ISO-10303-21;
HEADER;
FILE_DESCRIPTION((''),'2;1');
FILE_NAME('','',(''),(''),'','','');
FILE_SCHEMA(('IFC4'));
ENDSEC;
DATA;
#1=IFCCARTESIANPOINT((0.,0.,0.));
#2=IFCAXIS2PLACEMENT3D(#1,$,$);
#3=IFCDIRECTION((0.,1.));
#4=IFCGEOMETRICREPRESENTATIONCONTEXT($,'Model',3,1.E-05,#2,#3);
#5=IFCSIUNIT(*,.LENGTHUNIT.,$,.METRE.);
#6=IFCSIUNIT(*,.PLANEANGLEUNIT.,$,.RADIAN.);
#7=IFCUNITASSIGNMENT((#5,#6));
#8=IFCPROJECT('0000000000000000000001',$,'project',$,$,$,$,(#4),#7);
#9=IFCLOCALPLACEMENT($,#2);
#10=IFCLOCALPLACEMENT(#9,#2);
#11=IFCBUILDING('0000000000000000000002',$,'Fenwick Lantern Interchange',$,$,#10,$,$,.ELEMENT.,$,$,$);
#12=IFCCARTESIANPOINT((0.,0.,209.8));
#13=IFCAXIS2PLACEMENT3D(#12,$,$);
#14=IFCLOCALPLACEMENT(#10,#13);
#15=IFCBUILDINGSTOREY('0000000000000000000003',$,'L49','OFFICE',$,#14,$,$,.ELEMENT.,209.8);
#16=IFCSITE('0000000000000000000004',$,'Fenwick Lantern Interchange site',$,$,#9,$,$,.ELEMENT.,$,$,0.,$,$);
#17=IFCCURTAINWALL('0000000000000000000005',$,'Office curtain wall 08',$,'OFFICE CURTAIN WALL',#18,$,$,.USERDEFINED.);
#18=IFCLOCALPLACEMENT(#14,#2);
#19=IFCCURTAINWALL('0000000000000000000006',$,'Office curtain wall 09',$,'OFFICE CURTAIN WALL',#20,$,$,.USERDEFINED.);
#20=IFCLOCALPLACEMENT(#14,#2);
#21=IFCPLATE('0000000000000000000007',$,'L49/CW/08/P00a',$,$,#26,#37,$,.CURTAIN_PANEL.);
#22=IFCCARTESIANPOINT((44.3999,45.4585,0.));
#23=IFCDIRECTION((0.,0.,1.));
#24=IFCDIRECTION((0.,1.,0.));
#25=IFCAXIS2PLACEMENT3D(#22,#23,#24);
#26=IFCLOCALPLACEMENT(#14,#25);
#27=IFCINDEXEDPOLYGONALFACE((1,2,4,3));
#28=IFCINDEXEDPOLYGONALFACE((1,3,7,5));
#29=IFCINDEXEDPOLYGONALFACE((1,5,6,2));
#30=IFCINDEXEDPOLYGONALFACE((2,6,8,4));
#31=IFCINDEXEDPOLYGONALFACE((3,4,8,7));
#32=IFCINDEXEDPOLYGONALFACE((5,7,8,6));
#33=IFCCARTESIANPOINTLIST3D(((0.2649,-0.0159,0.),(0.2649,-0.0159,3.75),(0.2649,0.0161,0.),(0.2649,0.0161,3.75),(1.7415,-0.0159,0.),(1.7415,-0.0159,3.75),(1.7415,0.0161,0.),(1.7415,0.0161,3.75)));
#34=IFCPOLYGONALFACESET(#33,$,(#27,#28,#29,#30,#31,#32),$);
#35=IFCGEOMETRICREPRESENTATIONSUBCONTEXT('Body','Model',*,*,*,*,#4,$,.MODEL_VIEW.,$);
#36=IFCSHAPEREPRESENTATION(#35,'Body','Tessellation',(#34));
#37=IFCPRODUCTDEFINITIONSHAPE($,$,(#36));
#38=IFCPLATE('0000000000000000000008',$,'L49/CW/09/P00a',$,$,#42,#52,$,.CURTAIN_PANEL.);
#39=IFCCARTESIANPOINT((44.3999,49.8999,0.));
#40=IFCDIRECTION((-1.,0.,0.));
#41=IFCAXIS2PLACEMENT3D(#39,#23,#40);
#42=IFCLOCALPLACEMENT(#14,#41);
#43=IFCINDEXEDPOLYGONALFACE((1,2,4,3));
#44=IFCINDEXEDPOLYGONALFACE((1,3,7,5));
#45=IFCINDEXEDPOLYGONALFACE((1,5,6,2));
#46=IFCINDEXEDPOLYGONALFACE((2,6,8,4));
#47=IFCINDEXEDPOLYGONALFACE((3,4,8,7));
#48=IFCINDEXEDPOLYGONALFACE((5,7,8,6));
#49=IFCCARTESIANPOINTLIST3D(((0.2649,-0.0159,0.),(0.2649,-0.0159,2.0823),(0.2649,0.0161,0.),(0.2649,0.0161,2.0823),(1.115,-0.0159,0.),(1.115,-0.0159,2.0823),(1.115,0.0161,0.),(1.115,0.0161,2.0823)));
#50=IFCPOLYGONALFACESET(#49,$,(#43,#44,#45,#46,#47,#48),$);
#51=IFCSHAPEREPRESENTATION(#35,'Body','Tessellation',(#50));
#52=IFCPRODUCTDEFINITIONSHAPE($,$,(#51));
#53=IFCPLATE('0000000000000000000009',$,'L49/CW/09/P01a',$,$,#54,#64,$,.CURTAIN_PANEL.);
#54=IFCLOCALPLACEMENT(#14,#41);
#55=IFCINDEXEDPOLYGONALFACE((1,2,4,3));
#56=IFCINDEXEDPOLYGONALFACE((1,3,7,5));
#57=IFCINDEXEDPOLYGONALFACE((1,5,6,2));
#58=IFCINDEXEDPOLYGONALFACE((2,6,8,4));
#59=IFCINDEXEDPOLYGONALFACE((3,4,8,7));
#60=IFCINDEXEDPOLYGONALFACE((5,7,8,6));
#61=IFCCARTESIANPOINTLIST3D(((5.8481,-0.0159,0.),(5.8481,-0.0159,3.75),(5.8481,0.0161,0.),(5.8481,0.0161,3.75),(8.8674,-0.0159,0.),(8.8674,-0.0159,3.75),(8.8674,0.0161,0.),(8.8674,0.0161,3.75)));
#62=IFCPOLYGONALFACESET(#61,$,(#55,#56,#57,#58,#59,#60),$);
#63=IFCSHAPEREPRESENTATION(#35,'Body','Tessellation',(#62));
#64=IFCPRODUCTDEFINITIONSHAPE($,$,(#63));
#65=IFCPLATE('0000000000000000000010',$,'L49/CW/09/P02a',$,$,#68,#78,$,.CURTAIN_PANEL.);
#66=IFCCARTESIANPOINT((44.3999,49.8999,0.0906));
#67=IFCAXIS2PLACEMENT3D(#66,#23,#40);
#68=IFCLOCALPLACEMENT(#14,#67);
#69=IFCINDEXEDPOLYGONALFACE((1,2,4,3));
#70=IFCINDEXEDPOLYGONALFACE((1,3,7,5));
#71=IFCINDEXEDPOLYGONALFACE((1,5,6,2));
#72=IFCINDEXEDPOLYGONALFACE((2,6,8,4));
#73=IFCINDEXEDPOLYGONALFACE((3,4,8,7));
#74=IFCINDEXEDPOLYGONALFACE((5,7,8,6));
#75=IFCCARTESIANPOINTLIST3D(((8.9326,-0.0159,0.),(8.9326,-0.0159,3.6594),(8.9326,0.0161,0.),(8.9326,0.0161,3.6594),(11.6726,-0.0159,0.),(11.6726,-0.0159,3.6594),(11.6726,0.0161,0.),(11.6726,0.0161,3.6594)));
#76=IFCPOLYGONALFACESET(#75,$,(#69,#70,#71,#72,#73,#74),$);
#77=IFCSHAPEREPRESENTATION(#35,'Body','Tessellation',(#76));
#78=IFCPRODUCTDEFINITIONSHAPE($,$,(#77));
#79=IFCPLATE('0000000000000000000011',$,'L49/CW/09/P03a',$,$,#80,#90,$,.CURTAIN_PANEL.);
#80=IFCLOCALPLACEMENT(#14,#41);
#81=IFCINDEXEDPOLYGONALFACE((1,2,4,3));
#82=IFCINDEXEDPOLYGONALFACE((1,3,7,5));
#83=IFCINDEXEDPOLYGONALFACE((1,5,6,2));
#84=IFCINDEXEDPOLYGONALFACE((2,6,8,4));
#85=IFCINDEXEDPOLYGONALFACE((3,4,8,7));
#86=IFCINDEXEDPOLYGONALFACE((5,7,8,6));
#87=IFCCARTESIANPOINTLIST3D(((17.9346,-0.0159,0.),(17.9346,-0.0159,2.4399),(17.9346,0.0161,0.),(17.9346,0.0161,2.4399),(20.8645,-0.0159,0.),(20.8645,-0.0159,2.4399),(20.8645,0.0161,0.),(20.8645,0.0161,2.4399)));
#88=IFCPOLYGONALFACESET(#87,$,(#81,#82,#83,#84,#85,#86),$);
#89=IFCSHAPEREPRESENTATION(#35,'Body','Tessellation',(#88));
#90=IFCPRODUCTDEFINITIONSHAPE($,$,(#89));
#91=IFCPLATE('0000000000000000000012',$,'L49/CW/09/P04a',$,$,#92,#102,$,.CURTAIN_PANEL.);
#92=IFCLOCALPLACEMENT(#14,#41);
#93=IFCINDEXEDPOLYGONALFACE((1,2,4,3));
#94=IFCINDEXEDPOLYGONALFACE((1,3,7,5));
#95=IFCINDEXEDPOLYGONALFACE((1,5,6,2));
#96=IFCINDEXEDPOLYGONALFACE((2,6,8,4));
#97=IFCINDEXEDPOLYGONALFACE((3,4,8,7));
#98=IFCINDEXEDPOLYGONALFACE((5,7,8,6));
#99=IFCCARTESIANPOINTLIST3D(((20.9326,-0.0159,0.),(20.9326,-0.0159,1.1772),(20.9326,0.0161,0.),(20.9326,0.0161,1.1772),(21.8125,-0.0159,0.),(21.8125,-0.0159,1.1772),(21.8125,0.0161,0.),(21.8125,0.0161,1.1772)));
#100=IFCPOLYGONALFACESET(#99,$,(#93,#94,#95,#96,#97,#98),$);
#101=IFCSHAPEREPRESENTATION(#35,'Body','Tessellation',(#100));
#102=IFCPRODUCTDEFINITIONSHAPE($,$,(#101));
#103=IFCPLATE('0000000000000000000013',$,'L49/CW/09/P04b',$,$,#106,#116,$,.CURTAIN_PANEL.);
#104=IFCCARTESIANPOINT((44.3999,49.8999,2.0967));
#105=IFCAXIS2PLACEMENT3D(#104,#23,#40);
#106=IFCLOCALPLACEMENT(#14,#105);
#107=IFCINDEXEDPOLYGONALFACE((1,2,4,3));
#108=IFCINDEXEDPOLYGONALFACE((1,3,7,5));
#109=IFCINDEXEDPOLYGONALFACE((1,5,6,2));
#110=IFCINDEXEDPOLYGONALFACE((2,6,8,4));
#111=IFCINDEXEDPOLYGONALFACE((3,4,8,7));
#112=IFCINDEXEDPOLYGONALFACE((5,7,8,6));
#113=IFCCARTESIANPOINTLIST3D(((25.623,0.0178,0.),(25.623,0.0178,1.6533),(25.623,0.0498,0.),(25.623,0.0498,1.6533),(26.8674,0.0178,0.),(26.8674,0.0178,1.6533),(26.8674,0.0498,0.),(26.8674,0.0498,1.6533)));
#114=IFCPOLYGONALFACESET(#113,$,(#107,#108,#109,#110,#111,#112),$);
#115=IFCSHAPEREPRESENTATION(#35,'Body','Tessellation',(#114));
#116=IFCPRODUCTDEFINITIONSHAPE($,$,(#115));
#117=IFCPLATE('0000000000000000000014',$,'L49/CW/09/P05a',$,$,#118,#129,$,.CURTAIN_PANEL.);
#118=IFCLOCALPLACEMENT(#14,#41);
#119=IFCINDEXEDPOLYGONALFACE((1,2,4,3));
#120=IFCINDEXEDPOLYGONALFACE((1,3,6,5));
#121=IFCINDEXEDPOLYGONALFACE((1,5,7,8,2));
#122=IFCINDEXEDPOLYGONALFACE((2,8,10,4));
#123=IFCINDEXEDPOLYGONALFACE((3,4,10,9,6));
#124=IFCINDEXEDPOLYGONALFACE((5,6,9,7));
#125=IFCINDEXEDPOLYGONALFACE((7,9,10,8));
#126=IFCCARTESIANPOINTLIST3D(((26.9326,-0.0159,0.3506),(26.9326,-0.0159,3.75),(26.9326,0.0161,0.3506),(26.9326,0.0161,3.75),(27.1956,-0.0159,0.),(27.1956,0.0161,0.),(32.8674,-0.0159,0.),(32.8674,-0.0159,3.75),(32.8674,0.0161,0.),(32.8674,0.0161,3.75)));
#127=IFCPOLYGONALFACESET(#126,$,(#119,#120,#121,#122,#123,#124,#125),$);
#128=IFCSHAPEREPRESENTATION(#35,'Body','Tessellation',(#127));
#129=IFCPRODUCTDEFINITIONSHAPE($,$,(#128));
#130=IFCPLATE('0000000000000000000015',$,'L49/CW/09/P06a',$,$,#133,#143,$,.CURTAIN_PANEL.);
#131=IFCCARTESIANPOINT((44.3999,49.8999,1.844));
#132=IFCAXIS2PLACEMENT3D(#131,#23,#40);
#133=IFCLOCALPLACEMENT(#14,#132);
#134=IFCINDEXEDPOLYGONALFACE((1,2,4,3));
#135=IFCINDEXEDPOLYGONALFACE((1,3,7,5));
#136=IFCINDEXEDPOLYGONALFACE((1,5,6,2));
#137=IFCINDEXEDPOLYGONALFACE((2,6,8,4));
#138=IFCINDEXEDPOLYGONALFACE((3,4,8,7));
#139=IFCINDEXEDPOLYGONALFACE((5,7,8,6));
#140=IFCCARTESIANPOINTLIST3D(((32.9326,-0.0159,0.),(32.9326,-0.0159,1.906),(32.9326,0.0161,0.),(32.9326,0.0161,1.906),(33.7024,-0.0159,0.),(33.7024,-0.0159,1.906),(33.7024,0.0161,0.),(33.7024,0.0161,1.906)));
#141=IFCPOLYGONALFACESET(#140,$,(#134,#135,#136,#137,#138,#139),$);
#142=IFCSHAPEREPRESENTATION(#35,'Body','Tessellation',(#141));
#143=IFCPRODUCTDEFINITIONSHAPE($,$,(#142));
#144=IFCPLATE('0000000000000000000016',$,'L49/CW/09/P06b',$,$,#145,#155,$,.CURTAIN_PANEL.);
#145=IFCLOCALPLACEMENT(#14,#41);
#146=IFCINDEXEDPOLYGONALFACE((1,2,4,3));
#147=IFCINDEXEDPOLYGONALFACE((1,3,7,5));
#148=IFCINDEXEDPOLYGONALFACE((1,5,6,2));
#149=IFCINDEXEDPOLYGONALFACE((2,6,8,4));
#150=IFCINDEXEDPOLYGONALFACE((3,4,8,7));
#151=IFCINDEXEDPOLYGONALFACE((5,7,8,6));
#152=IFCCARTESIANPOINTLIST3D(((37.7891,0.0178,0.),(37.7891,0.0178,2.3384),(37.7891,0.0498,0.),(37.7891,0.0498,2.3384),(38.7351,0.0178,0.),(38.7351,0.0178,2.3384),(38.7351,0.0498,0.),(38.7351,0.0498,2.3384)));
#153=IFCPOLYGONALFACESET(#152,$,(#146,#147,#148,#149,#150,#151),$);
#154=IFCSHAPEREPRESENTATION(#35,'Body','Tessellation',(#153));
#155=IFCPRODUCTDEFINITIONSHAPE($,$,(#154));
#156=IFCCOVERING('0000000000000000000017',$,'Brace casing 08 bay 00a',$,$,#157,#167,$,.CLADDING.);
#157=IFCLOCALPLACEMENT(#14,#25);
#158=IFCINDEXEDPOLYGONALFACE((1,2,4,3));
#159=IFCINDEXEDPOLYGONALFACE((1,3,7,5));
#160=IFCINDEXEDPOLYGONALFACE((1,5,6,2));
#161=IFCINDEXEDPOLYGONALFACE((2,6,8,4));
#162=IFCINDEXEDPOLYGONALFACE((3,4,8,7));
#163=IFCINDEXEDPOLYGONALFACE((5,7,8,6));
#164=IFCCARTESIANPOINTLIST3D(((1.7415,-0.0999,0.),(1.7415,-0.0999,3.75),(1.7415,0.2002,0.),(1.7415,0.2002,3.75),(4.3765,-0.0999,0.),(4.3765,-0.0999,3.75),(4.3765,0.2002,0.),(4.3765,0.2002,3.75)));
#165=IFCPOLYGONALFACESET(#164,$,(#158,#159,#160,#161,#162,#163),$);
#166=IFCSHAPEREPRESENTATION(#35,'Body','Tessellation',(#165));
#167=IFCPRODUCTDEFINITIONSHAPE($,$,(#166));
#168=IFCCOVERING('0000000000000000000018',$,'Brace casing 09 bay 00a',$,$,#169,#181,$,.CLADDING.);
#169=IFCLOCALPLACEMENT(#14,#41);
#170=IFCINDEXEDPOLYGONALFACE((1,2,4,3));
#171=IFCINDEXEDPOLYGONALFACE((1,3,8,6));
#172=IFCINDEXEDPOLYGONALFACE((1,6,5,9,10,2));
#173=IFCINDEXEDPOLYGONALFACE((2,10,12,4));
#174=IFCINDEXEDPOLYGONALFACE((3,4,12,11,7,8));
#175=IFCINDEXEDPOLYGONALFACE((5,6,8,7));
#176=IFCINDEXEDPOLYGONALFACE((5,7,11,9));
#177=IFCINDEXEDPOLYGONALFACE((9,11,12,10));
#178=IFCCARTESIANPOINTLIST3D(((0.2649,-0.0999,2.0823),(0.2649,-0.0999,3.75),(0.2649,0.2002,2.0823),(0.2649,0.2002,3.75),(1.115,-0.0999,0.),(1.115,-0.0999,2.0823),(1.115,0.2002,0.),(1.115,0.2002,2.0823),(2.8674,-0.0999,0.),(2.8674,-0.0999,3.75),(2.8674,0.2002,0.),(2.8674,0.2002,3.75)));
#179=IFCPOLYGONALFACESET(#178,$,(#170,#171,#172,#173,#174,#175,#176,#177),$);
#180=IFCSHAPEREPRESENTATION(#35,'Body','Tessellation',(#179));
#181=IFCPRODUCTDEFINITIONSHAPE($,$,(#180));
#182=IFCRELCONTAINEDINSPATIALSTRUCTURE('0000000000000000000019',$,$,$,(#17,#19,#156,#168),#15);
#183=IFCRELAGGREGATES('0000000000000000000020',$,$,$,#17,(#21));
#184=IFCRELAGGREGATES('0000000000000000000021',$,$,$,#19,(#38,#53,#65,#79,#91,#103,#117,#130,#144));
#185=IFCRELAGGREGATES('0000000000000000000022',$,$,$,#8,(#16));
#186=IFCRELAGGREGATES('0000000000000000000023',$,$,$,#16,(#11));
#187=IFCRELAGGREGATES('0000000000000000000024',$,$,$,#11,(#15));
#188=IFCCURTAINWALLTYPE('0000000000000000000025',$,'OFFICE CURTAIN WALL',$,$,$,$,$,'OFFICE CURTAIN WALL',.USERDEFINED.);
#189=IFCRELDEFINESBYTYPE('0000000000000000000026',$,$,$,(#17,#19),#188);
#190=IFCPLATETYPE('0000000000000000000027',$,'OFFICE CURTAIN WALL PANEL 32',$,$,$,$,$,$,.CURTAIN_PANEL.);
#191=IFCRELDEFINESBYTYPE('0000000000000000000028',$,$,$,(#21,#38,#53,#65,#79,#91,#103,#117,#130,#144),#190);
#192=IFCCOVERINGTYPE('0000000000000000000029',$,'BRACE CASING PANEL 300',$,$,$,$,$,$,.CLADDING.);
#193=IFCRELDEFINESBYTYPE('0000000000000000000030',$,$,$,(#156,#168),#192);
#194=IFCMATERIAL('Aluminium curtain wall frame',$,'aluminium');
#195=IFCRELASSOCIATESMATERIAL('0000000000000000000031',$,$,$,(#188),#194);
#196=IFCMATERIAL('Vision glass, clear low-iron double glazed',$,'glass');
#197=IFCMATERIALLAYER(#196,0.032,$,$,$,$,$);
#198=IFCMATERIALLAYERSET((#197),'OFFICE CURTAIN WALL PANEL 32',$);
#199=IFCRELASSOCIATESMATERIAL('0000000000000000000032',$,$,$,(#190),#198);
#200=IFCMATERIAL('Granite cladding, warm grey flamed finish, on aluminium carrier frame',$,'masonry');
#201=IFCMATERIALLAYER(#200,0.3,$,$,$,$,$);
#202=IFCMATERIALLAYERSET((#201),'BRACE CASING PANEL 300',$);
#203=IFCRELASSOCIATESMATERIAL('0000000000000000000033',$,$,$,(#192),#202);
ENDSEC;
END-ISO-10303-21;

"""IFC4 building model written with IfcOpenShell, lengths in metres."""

from ifc_helpers import new_model, si_unit, direction, frame, origin, place, context, subcontext, project, spatial, polyline, outline, extrude, material, layer, layer_set, type_object, element, aggregate, save


model = new_model("IFC4")

# Units and contexts
model_context = context("Model", 3, precision=1e-05, world=origin(), true_north=direction((0.0, 1.0)))
body_context = subcontext(model_context, "Body", "Model", "MODEL_VIEW")
ifc_project = project(units=[si_unit("LENGTHUNIT", "METRE"), si_unit("PLANEANGLEUNIT", "RADIAN")], contexts=[model_context])

# Site, building, storey
site_placement = place(None, origin())
site = spatial("IfcSite", under=ifc_project, at=site_placement, Name="Fenwick Lantern Interchange site", CompositionType="ELEMENT", RefElevation=0.0)
building_placement = place(site_placement, origin())
building = spatial("IfcBuilding", under=site, at=building_placement, Name="Fenwick Lantern Interchange", CompositionType="ELEMENT")
storey_placement = place(building_placement, frame((0.0, 0.0, 209.8)))
storey = spatial("IfcBuildingStorey", under=building, at=storey_placement, Name="L49", Description="OFFICE", CompositionType="ELEMENT", Elevation=209.8)

# Curtain wall
ifc_material_1 = material(Name="Aluminium curtain wall frame", Category="aluminium")
curtain_wall_type = type_object("IfcCurtainWallType", Name="OFFICE CURTAIN WALL", ElementType="OFFICE CURTAIN WALL", PredefinedType="USERDEFINED", material=ifc_material_1)
curtain_wall_1_placement = place(storey_placement, origin())
curtain_wall_1 = element("IfcCurtainWall", 1, at=curtain_wall_1_placement, inside=storey, type_object=curtain_wall_type, Name="Office curtain wall 08", ObjectType="OFFICE CURTAIN WALL", PredefinedType="USERDEFINED")

# Curtain wall
curtain_wall_2_placement = place(storey_placement, origin())
curtain_wall_2 = element("IfcCurtainWall", 2, at=curtain_wall_2_placement, inside=storey, type_object=curtain_wall_type, Name="Office curtain wall 09", ObjectType="OFFICE CURTAIN WALL", PredefinedType="USERDEFINED")

# Plates
ifc_material_2 = material(Name="Vision glass, clear low-iron double glazed", Category="glass")
ifc_layer_1 = layer(ifc_material_2, 0.032)
ifc_layer_set_1 = layer_set([ifc_layer_1], Name="OFFICE CURTAIN WALL PANEL 32")
plate_type = type_object("IfcPlateType", Name="OFFICE CURTAIN WALL PANEL 32", PredefinedType="CURTAIN_PANEL", material=ifc_layer_set_1)
plate_1_placement = place(storey_placement, frame((44.3999, 45.4585, 0.0), z_axis=(0.0, 0.0, 1.0), x_axis=(0.0, 1.0, 0.0)))
plate_1 = element("IfcPlate", 3, at=plate_1_placement, type_object=plate_type, Name="L49/CW/08/P00a", PredefinedType="CURTAIN_PANEL", context=body_context, shape_type="SweptSolid", body=[
    extrude(outline(polyline([(0.2649, 0.0), (1.7415, 0.0), (1.7415, 3.75), (0.2649, 3.75), (0.2649, 0.0)])), frame((0.0, 0.0161, 0.0), z_axis=(0.0, -1.0, 0.0), x_axis=(1.0, 0.0, 0.0)), (0.0, 0.0, 1.0), 0.032),
])
aggregate(curtain_wall_1, [plate_1])
plate_2_placement = place(storey_placement, frame((44.3999, 49.8999, 0.0), z_axis=(0.0, 0.0, 1.0), x_axis=(-1.0, 0.0, 0.0)))
plate_2 = element("IfcPlate", 4, at=plate_2_placement, type_object=plate_type, Name="L49/CW/09/P00a", PredefinedType="CURTAIN_PANEL", context=body_context, shape_type="SweptSolid", body=[
    extrude(outline(polyline([(0.2649, 0.0), (1.115, 0.0), (1.115, 2.0823), (0.2649, 2.0823), (0.2649, 0.0)])), frame((0.0, 0.0161, 0.0), z_axis=(0.0, -1.0, 0.0), x_axis=(1.0, 0.0, 0.0)), (0.0, 0.0, 1.0), 0.032),
])
plate_3_placement = place(storey_placement, frame((44.3999, 49.8999, 0.0), z_axis=(0.0, 0.0, 1.0), x_axis=(-1.0, 0.0, 0.0)))
plate_3 = element("IfcPlate", 5, at=plate_3_placement, type_object=plate_type, Name="L49/CW/09/P01a", PredefinedType="CURTAIN_PANEL", context=body_context, shape_type="SweptSolid", body=[
    extrude(outline(polyline([(5.8481, 0.0), (8.8674, 0.0), (8.8674, 3.75), (5.8481, 3.75), (5.8481, 0.0)])), frame((0.0, 0.0161, 0.0), z_axis=(0.0, -1.0, 0.0), x_axis=(1.0, 0.0, 0.0)), (0.0, 0.0, 1.0), 0.032),
])
plate_4_placement = place(storey_placement, frame((44.3999, 49.8999, 0.0906), z_axis=(0.0, 0.0, 1.0), x_axis=(-1.0, 0.0, 0.0)))
plate_4 = element("IfcPlate", 6, at=plate_4_placement, type_object=plate_type, Name="L49/CW/09/P02a", PredefinedType="CURTAIN_PANEL", context=body_context, shape_type="SweptSolid", body=[
    extrude(outline(polyline([(8.9326, 0.0), (11.6726, 0.0), (11.6726, 3.6594), (8.9326, 3.6594), (8.9326, 0.0)])), frame((0.0, 0.0161, 0.0), z_axis=(0.0, -1.0, 0.0), x_axis=(1.0, 0.0, 0.0)), (0.0, 0.0, 1.0), 0.032),
])
plate_5_placement = place(storey_placement, frame((44.3999, 49.8999, 0.0), z_axis=(0.0, 0.0, 1.0), x_axis=(-1.0, 0.0, 0.0)))
plate_5 = element("IfcPlate", 7, at=plate_5_placement, type_object=plate_type, Name="L49/CW/09/P03a", PredefinedType="CURTAIN_PANEL", context=body_context, shape_type="SweptSolid", body=[
    extrude(outline(polyline([(17.9346, 0.0), (20.8645, 0.0), (20.8645, 2.4399), (17.9346, 2.4399), (17.9346, 0.0)])), frame((0.0, 0.0161, 0.0), z_axis=(0.0, -1.0, 0.0), x_axis=(1.0, 0.0, 0.0)), (0.0, 0.0, 1.0), 0.032),
])
plate_6_placement = place(storey_placement, frame((44.3999, 49.8999, 0.0), z_axis=(0.0, 0.0, 1.0), x_axis=(-1.0, 0.0, 0.0)))
plate_6 = element("IfcPlate", 8, at=plate_6_placement, type_object=plate_type, Name="L49/CW/09/P04a", PredefinedType="CURTAIN_PANEL", context=body_context, shape_type="SweptSolid", body=[
    extrude(outline(polyline([(20.9326, 0.0), (21.8125, 0.0), (21.8125, 1.1772), (20.9326, 1.1772), (20.9326, 0.0)])), frame((0.0, 0.0161, 0.0), z_axis=(0.0, -1.0, 0.0), x_axis=(1.0, 0.0, 0.0)), (0.0, 0.0, 1.0), 0.032),
])
plate_7_placement = place(storey_placement, frame((44.3999, 49.8999, 2.0967), z_axis=(0.0, 0.0, 1.0), x_axis=(-1.0, 0.0, 0.0)))
plate_7 = element("IfcPlate", 9, at=plate_7_placement, type_object=plate_type, Name="L49/CW/09/P04b", PredefinedType="CURTAIN_PANEL", context=body_context, shape_type="SweptSolid", body=[
    extrude(outline(polyline([(25.623, 0.0), (26.8674, 0.0), (26.8674, 1.6533), (25.623, 1.6533), (25.623, 0.0)])), frame((0.0, 0.0498, 0.0), z_axis=(0.0, -1.0, 0.0), x_axis=(1.0, 0.0, 0.0)), (0.0, 0.0, 1.0), 0.032),
])
plate_8_placement = place(storey_placement, frame((44.3999, 49.8999, 0.0), z_axis=(0.0, 0.0, 1.0), x_axis=(-1.0, 0.0, 0.0)))
plate_8 = element("IfcPlate", 10, at=plate_8_placement, type_object=plate_type, Name="L49/CW/09/P05a", PredefinedType="CURTAIN_PANEL", context=body_context, shape_type="SweptSolid", body=[
    extrude(outline(polyline([(27.1956, 0.0), (32.8674, 0.0), (32.8674, 3.75), (26.9326, 3.75), (26.9326, 0.3506), (27.1956, 0.0)])), frame((0.0, 0.0161, 0.0), z_axis=(0.0, -1.0, 0.0), x_axis=(1.0, 0.0, 0.0)), (0.0, 0.0, 1.0), 0.032),
])
plate_9_placement = place(storey_placement, frame((44.3999, 49.8999, 1.844), z_axis=(0.0, 0.0, 1.0), x_axis=(-1.0, 0.0, 0.0)))
plate_9 = element("IfcPlate", 11, at=plate_9_placement, type_object=plate_type, Name="L49/CW/09/P06a", PredefinedType="CURTAIN_PANEL", context=body_context, shape_type="SweptSolid", body=[
    extrude(outline(polyline([(32.9326, 0.0), (33.7024, 0.0), (33.7024, 1.906), (32.9326, 1.906), (32.9326, 0.0)])), frame((0.0, 0.0161, 0.0), z_axis=(0.0, -1.0, 0.0), x_axis=(1.0, 0.0, 0.0)), (0.0, 0.0, 1.0), 0.032),
])
plate_10_placement = place(storey_placement, frame((44.3999, 49.8999, 0.0), z_axis=(0.0, 0.0, 1.0), x_axis=(-1.0, 0.0, 0.0)))
plate_10 = element("IfcPlate", 12, at=plate_10_placement, type_object=plate_type, Name="L49/CW/09/P06b", PredefinedType="CURTAIN_PANEL", context=body_context, shape_type="SweptSolid", body=[
    extrude(outline(polyline([(37.7891, 0.0), (38.7351, 0.0), (38.7351, 2.3384), (37.7891, 2.3384), (37.7891, 0.0)])), frame((0.0, 0.0498, 0.0), z_axis=(0.0, -1.0, 0.0), x_axis=(1.0, 0.0, 0.0)), (0.0, 0.0, 1.0), 0.032),
])
aggregate(curtain_wall_2, [plate_2, plate_3, plate_4, plate_5, plate_6, plate_7, plate_8, plate_9, plate_10])

# Coverings
ifc_material_3 = material(Name="Granite cladding, warm grey flamed finish, on aluminium carrier frame", Category="masonry")
ifc_layer_2 = layer(ifc_material_3, 0.3)
ifc_layer_set_2 = layer_set([ifc_layer_2], Name="BRACE CASING PANEL 300")
covering_type = type_object("IfcCoveringType", Name="BRACE CASING PANEL 300", PredefinedType="CLADDING", material=ifc_layer_set_2)
covering_1_placement = place(storey_placement, frame((44.3999, 45.4585, 0.0), z_axis=(0.0, 0.0, 1.0), x_axis=(0.0, 1.0, 0.0)))
element("IfcCovering", 13, at=covering_1_placement, inside=storey, type_object=covering_type, Name="Brace casing 08 bay 00a", PredefinedType="CLADDING", context=body_context, shape_type="SweptSolid", body=[
    extrude(outline(polyline([(1.7415, 0.0), (4.3765, 0.0), (4.3765, 3.75), (1.7415, 3.75), (1.7415, 0.0)])), frame((0.0, 0.2002, 0.0), z_axis=(0.0, -1.0, 0.0), x_axis=(1.0, 0.0, 0.0)), (0.0, 0.0, 1.0), 0.3),
])
covering_2_placement = place(storey_placement, frame((44.3999, 49.8999, 0.0), z_axis=(0.0, 0.0, 1.0), x_axis=(-1.0, 0.0, 0.0)))
element("IfcCovering", 14, at=covering_2_placement, inside=storey, type_object=covering_type, Name="Brace casing 09 bay 00a", PredefinedType="CLADDING", context=body_context, shape_type="SweptSolid", body=[
    extrude(outline(polyline([(1.115, 0.0), (2.8674, 0.0), (2.8674, 3.75), (0.2649, 3.75), (0.2649, 2.0823), (1.115, 2.0823), (1.115, 0.0)])), frame((0.0, 0.2002, 0.0), z_axis=(0.0, -1.0, 0.0), x_axis=(1.0, 0.0, 0.0)), (0.0, 0.0, 1.0), 0.3),
])

save(model, "model.ifc")
